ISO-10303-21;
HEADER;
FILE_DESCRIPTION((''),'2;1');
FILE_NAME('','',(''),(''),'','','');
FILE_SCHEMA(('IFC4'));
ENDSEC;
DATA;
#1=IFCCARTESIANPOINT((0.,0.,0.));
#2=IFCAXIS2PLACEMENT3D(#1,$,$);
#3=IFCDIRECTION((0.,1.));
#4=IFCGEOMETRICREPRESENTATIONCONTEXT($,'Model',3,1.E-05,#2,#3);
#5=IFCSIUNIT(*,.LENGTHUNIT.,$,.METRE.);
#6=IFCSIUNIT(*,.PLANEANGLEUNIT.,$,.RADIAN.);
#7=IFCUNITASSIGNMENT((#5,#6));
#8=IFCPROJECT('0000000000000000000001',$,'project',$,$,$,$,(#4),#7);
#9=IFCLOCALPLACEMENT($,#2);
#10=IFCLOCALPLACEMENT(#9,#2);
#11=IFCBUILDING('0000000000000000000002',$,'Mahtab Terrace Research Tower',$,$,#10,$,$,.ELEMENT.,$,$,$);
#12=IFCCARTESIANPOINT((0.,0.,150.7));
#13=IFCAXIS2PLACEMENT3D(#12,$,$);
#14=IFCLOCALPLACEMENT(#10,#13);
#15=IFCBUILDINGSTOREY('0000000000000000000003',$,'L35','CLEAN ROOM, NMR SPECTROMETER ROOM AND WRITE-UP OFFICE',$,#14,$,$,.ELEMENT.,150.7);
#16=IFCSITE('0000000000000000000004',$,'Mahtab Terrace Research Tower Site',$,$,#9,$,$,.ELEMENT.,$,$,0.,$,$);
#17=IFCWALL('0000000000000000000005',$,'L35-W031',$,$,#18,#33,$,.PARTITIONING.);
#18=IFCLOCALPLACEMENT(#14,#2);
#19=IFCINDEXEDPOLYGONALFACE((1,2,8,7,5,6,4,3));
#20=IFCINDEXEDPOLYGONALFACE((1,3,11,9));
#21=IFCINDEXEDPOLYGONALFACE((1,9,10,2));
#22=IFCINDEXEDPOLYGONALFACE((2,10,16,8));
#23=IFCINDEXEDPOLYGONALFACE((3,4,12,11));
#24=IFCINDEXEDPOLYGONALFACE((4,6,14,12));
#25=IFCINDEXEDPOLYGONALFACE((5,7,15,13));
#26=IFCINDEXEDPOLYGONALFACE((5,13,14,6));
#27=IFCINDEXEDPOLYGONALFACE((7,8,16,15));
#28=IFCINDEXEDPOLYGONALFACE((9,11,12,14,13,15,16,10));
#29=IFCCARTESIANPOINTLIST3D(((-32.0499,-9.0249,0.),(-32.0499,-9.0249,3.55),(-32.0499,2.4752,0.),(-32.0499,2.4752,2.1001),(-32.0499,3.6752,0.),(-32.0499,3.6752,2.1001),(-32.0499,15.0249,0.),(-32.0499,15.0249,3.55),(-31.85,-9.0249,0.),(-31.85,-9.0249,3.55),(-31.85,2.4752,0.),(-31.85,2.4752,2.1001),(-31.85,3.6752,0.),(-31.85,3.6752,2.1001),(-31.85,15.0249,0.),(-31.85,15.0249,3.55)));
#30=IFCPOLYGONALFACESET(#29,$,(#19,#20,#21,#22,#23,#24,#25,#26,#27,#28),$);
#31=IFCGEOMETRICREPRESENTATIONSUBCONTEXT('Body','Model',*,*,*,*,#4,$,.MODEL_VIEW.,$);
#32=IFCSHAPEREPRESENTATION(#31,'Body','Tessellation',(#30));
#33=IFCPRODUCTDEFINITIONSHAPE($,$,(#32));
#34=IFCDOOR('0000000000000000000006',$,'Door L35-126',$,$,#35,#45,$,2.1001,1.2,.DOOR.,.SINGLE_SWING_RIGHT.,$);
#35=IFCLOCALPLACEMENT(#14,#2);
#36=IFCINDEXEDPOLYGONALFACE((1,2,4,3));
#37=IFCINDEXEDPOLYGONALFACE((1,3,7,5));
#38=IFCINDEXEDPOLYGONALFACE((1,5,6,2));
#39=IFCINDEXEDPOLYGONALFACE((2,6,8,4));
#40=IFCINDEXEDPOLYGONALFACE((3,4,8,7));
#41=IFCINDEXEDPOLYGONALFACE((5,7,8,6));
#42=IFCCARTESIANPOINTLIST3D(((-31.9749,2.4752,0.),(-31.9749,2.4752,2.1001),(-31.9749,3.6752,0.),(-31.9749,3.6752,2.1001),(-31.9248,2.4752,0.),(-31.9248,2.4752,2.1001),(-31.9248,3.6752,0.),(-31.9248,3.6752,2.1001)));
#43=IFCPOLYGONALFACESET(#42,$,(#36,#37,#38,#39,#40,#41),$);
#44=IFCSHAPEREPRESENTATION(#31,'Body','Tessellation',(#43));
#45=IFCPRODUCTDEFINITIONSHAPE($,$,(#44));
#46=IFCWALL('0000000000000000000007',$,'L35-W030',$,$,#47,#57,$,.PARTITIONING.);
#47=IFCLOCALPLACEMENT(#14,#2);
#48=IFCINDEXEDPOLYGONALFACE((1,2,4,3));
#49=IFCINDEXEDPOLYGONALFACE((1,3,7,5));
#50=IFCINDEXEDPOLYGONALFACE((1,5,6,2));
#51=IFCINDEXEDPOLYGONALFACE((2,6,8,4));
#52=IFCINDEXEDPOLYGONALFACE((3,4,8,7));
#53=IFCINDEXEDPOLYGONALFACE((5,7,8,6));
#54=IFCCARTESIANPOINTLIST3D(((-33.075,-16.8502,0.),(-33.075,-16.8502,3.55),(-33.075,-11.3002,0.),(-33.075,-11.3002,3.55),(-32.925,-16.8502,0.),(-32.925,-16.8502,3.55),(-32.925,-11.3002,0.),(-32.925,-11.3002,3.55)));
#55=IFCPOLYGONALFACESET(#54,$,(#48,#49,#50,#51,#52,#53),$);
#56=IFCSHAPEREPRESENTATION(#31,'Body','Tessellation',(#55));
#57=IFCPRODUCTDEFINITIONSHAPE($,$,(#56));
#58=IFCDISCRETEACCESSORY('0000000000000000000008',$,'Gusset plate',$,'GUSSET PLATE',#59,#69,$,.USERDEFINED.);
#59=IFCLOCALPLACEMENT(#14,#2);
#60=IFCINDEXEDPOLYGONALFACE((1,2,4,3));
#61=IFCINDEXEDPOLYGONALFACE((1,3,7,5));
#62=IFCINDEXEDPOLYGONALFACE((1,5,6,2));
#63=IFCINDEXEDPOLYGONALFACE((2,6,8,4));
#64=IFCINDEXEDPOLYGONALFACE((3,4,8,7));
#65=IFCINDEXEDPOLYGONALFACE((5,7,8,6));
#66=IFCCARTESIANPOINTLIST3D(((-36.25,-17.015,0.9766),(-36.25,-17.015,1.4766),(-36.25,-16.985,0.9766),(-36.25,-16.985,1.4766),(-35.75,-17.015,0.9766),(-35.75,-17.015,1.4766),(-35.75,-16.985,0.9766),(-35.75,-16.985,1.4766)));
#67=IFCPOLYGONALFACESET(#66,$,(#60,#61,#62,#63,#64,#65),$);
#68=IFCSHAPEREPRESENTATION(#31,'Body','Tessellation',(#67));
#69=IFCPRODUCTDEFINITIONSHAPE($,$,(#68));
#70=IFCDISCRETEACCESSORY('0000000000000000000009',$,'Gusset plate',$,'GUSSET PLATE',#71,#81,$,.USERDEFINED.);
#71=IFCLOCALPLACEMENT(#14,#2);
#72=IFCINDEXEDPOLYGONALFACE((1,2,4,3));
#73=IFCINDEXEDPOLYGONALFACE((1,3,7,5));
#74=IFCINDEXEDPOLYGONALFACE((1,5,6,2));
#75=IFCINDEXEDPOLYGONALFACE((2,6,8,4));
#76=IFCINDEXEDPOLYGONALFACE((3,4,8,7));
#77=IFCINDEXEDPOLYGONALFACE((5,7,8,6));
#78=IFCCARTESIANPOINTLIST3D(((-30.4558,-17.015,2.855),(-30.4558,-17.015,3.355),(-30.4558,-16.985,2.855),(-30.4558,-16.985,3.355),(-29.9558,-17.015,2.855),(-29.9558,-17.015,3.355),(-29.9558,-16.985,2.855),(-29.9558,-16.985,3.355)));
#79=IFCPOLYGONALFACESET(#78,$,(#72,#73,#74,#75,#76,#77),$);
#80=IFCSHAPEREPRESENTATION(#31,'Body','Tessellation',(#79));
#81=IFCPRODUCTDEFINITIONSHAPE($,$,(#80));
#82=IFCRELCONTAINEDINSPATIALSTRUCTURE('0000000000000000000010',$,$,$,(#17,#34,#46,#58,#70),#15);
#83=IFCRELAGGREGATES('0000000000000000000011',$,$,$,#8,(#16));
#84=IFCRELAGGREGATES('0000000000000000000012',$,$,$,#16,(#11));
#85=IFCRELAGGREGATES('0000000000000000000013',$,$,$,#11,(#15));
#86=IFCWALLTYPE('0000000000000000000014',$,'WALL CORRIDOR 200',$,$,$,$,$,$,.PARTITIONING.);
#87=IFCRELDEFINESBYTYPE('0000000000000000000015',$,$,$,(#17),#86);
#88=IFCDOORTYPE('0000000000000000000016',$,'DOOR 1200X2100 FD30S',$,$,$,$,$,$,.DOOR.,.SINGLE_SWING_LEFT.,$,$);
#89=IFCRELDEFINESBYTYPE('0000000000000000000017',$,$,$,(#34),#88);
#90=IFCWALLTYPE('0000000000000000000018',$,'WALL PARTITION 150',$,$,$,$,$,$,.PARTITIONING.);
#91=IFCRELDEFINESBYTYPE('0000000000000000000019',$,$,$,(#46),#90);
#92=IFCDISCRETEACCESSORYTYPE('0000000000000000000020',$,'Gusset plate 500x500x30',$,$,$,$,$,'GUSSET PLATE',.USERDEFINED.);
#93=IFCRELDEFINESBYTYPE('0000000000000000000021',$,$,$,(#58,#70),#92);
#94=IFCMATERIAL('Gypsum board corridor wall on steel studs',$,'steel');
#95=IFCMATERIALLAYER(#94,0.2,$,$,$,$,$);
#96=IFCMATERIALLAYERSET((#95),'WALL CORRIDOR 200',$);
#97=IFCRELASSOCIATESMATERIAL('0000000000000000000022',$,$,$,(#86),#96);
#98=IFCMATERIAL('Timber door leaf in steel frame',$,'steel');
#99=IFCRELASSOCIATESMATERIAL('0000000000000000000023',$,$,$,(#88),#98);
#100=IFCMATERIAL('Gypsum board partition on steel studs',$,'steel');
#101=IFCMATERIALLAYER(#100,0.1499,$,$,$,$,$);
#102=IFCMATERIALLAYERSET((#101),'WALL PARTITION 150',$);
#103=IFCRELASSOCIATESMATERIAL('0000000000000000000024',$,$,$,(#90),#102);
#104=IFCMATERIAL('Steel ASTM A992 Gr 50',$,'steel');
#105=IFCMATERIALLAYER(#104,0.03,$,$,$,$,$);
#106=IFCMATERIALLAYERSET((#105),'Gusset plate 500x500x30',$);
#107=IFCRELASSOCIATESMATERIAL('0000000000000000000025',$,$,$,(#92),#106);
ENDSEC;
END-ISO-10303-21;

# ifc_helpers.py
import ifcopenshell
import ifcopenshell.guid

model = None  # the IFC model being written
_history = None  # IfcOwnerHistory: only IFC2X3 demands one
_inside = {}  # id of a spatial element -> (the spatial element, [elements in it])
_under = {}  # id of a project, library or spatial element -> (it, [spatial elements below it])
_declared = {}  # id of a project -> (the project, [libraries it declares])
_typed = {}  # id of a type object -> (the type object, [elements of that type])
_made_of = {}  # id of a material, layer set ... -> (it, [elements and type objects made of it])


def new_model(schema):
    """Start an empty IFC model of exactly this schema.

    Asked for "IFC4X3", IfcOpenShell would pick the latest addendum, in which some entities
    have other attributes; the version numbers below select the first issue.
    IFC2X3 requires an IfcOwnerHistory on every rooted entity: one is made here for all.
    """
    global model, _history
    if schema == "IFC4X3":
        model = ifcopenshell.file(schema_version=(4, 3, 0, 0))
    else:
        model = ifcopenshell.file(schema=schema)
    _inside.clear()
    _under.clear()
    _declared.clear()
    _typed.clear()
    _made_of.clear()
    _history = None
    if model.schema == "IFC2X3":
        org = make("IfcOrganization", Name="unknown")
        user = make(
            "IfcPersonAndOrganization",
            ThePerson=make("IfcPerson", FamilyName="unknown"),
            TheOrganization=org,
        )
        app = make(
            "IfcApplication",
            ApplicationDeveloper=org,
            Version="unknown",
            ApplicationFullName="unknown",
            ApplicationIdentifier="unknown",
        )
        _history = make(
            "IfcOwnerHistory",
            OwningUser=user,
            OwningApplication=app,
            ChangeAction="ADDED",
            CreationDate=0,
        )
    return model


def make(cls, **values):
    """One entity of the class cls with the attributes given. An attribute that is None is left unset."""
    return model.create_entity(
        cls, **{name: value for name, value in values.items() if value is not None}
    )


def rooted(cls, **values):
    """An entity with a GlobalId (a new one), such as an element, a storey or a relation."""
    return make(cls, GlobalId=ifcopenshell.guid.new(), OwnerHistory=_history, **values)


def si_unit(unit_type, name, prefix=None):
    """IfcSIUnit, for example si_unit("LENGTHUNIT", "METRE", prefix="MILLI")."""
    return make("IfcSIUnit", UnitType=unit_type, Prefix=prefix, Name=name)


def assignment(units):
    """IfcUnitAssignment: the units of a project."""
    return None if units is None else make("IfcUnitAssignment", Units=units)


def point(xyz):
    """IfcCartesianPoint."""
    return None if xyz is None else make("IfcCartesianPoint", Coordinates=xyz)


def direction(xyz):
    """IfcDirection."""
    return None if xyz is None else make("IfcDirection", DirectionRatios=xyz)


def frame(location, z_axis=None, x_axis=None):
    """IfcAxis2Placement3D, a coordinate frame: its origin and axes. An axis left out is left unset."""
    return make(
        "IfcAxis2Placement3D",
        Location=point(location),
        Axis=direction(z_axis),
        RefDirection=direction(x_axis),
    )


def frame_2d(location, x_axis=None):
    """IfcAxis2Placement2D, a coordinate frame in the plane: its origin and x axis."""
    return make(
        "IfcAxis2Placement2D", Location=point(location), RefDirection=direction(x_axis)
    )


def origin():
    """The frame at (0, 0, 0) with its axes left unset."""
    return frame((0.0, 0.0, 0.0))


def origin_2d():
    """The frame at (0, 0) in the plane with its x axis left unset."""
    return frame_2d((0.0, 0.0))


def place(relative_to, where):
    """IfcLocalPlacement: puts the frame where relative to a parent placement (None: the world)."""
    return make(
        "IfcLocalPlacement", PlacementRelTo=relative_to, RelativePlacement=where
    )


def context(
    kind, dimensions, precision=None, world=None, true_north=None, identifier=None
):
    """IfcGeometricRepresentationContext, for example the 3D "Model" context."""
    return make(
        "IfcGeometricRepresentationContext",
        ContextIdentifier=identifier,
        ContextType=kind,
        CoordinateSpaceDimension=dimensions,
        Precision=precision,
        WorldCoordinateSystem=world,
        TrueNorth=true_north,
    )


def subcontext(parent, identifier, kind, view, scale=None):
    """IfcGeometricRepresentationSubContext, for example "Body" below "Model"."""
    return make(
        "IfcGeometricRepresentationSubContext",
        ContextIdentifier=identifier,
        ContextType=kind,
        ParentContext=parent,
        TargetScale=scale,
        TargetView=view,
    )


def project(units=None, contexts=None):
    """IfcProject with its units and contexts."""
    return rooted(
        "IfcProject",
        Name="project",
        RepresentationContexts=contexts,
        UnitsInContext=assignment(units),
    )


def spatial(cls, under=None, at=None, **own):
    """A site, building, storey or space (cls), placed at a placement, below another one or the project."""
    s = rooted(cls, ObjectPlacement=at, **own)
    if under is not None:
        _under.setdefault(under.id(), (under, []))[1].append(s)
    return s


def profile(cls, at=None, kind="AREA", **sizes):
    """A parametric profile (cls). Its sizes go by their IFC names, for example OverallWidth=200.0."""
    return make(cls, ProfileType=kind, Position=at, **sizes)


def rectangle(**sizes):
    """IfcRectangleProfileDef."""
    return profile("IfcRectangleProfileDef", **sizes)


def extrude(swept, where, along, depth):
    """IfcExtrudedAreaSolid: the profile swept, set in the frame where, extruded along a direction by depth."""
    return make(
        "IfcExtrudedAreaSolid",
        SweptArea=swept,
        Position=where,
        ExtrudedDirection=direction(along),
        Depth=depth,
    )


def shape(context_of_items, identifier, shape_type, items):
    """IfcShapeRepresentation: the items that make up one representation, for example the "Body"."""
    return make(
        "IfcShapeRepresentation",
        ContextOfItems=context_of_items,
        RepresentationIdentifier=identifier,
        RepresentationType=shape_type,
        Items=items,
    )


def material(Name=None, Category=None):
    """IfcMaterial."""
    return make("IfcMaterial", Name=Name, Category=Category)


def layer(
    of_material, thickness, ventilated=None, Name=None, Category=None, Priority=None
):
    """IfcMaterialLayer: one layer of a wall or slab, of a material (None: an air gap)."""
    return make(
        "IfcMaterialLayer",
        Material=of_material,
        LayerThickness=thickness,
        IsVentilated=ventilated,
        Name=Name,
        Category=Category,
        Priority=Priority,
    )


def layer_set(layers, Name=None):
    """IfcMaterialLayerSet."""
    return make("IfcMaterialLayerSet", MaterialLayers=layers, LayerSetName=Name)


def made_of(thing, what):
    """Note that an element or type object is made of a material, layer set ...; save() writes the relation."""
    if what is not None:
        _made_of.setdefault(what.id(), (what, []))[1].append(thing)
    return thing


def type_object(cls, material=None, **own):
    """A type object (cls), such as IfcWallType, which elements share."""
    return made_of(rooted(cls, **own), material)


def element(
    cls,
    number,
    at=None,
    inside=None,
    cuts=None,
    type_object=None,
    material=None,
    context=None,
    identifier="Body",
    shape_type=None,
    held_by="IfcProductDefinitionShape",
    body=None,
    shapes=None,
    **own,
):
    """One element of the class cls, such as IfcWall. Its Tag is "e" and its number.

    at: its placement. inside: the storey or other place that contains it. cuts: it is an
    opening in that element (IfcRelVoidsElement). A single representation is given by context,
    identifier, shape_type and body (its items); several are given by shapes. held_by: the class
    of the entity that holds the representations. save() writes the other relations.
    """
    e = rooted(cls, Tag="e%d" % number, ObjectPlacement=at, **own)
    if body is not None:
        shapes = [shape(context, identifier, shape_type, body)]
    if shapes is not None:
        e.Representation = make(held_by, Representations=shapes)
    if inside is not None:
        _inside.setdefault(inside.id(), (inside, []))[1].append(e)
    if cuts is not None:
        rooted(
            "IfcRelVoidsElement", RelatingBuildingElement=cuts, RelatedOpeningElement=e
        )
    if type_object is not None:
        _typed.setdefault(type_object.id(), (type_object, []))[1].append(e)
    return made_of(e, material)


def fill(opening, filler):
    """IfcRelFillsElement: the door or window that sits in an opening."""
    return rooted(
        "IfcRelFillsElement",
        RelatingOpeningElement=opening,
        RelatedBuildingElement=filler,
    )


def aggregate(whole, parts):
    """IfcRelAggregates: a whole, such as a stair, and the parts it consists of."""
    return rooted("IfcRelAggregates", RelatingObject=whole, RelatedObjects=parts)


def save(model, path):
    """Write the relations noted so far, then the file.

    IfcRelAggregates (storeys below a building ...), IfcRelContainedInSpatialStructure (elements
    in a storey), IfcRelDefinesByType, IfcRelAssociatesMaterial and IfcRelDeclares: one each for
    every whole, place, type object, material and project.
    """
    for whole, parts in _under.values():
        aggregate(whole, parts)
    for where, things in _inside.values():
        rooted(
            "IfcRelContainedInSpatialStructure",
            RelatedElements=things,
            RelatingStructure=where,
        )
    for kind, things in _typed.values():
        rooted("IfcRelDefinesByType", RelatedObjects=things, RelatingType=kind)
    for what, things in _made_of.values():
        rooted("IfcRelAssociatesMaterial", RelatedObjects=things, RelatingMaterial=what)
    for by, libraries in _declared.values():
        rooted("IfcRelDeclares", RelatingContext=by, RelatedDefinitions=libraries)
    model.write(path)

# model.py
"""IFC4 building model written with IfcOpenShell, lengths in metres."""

from ifc_helpers import new_model, si_unit, direction, frame, frame_2d, origin, origin_2d, place, context, subcontext, project, spatial, rectangle, extrude, material, layer, layer_set, type_object, element, fill, save


model = new_model("IFC4")

# Units and contexts
model_context = context("Model", 3, precision=1e-05, world=origin(), true_north=direction((0.0, 1.0)))
body_context = subcontext(model_context, "Body", "Model", "MODEL_VIEW")
ifc_project = project(units=[si_unit("LENGTHUNIT", "METRE"), si_unit("PLANEANGLEUNIT", "RADIAN")], contexts=[model_context])

# Site, building, storey
site_placement = place(None, origin())
site = spatial("IfcSite", under=ifc_project, at=site_placement, Name="Mahtab Terrace Research Tower Site", CompositionType="ELEMENT", RefElevation=0.0)
building_placement = place(site_placement, origin())
building = spatial("IfcBuilding", under=site, at=building_placement, Name="Mahtab Terrace Research Tower", CompositionType="ELEMENT")
storey_placement = place(building_placement, frame((0.0, 0.0, 150.7)))
storey = spatial("IfcBuildingStorey", under=building, at=storey_placement, Name="L35", Description="CLEAN ROOM, NMR SPECTROMETER ROOM AND WRITE-UP OFFICE", CompositionType="ELEMENT", Elevation=150.7)

# Shared definitions
ifc_material_1 = material(Name="Steel ASTM A992 Gr 50", Category="steel")

# Wall, opening, door
ifc_material_2 = material(Name="Gypsum board corridor wall on steel studs", Category="steel")
ifc_layer_1 = layer(ifc_material_2, 0.2)
ifc_layer_set_1 = layer_set([ifc_layer_1], Name="WALL CORRIDOR 200")
wall_type_1 = type_object("IfcWallType", Name="WALL CORRIDOR 200", PredefinedType="PARTITIONING", material=ifc_layer_set_1)
ifc_material_3 = material(Name="Timber door leaf in steel frame", Category="steel")
wall_1_placement = place(storey_placement, frame((-31.95, -9.0249, 0.0), z_axis=(0.0, 0.0, 1.0), x_axis=(0.0, 1.0, 0.0)))
wall_1 = element("IfcWall", 1, at=wall_1_placement, inside=storey, type_object=wall_type_1, Name="L35-W031", PredefinedType="PARTITIONING", context=body_context, shape_type="SweptSolid", body=[
    extrude(rectangle(XDim=24.0498, YDim=0.2, at=frame_2d((12.0249, 0.0))), origin(), (0.0, 0.0, 1.0), 3.55),
])
opening_1_placement = place(wall_1_placement, frame((11.5, 0.0, 0.0)))
opening_1 = element("IfcOpeningElement", 2, at=opening_1_placement, cuts=wall_1, PredefinedType="OPENING", context=body_context, shape_type="SweptSolid", body=[
    extrude(rectangle(XDim=1.2, YDim=2.1001, at=frame_2d((0.6001, 1.05))), frame((0.0, 0.1099, 0.0), z_axis=(0.0, -1.0, 0.0), x_axis=(1.0, 0.0, 0.0)), (0.0, 0.0, 1.0), 0.22),
])
door_type_1 = type_object("IfcDoorType", Name="DOOR 1200X2100 FD30S", OperationType="SINGLE_SWING_LEFT", PredefinedType="DOOR", material=ifc_material_3)
door_1_placement = place(opening_1_placement, origin())
door_1 = element("IfcDoor", 3, at=door_1_placement, inside=storey, type_object=door_type_1, Name="Door L35-126", OperationType="SINGLE_SWING_RIGHT", OverallHeight=2.1001, OverallWidth=1.2, PredefinedType="DOOR", context=body_context, shape_type="SweptSolid", body=[
    extrude(rectangle(XDim=1.2, YDim=2.1001, at=frame_2d((0.6001, 1.05))), frame((0.0, 0.0249, 0.0), z_axis=(0.0, -1.0, 0.0), x_axis=(1.0, 0.0, 0.0)), (0.0, 0.0, 1.0), 0.05),
])
fill(opening_1, door_1)

# Wall
ifc_material_4 = material(Name="Gypsum board partition on steel studs", Category="steel")
ifc_layer_2 = layer(ifc_material_4, 0.1499)
ifc_layer_set_2 = layer_set([ifc_layer_2], Name="WALL PARTITION 150")
wall_type_2 = type_object("IfcWallType", Name="WALL PARTITION 150", PredefinedType="PARTITIONING", material=ifc_layer_set_2)
wall_2_placement = place(storey_placement, frame((-33.0, -16.8501, 0.0), z_axis=(0.0, 0.0, 1.0), x_axis=(0.0, 1.0, 0.0)))
element("IfcWall", 4, at=wall_2_placement, inside=storey, type_object=wall_type_2, Name="L35-W030", PredefinedType="PARTITIONING", context=body_context, shape_type="SweptSolid", body=[
    extrude(rectangle(XDim=5.55, YDim=0.1499, at=frame_2d((2.7749, 0.0))), origin(), (0.0, 0.0, 1.0), 3.55),
])

# Discrete accessories
ifc_layer_3 = layer(ifc_material_1, 0.03)
ifc_layer_set_3 = layer_set([ifc_layer_3], Name="Gusset plate 500x500x30")
discrete_accessory_type = type_object("IfcDiscreteAccessoryType", Name="Gusset plate 500x500x30", ElementType="GUSSET PLATE", PredefinedType="USERDEFINED", material=ifc_layer_set_3)
for number, where, z_axis, x_axis, name in (
    (5, (-36.0, -17.0, 0.9766), (0.0, 0.0, 1.0), (1.0, 0.0, 0.0), "Gusset plate"),
    (6, (-30.2058, -17.0, 2.855), (0.0, 0.0, 1.0), (1.0, 0.0, 0.0), "Gusset plate"),
):
    element("IfcDiscreteAccessory", number, at=place(storey_placement, frame(where, z_axis=z_axis, x_axis=x_axis)), inside=storey, type_object=discrete_accessory_type, Name=name, ObjectType="GUSSET PLATE", PredefinedType="USERDEFINED", context=body_context, shape_type="SweptSolid", body=[
        extrude(rectangle(XDim=0.5, YDim=0.03, at=origin_2d()), origin(), (0.0, 0.0, 1.0), 0.5),
    ])

save(model, "model.ifc")
